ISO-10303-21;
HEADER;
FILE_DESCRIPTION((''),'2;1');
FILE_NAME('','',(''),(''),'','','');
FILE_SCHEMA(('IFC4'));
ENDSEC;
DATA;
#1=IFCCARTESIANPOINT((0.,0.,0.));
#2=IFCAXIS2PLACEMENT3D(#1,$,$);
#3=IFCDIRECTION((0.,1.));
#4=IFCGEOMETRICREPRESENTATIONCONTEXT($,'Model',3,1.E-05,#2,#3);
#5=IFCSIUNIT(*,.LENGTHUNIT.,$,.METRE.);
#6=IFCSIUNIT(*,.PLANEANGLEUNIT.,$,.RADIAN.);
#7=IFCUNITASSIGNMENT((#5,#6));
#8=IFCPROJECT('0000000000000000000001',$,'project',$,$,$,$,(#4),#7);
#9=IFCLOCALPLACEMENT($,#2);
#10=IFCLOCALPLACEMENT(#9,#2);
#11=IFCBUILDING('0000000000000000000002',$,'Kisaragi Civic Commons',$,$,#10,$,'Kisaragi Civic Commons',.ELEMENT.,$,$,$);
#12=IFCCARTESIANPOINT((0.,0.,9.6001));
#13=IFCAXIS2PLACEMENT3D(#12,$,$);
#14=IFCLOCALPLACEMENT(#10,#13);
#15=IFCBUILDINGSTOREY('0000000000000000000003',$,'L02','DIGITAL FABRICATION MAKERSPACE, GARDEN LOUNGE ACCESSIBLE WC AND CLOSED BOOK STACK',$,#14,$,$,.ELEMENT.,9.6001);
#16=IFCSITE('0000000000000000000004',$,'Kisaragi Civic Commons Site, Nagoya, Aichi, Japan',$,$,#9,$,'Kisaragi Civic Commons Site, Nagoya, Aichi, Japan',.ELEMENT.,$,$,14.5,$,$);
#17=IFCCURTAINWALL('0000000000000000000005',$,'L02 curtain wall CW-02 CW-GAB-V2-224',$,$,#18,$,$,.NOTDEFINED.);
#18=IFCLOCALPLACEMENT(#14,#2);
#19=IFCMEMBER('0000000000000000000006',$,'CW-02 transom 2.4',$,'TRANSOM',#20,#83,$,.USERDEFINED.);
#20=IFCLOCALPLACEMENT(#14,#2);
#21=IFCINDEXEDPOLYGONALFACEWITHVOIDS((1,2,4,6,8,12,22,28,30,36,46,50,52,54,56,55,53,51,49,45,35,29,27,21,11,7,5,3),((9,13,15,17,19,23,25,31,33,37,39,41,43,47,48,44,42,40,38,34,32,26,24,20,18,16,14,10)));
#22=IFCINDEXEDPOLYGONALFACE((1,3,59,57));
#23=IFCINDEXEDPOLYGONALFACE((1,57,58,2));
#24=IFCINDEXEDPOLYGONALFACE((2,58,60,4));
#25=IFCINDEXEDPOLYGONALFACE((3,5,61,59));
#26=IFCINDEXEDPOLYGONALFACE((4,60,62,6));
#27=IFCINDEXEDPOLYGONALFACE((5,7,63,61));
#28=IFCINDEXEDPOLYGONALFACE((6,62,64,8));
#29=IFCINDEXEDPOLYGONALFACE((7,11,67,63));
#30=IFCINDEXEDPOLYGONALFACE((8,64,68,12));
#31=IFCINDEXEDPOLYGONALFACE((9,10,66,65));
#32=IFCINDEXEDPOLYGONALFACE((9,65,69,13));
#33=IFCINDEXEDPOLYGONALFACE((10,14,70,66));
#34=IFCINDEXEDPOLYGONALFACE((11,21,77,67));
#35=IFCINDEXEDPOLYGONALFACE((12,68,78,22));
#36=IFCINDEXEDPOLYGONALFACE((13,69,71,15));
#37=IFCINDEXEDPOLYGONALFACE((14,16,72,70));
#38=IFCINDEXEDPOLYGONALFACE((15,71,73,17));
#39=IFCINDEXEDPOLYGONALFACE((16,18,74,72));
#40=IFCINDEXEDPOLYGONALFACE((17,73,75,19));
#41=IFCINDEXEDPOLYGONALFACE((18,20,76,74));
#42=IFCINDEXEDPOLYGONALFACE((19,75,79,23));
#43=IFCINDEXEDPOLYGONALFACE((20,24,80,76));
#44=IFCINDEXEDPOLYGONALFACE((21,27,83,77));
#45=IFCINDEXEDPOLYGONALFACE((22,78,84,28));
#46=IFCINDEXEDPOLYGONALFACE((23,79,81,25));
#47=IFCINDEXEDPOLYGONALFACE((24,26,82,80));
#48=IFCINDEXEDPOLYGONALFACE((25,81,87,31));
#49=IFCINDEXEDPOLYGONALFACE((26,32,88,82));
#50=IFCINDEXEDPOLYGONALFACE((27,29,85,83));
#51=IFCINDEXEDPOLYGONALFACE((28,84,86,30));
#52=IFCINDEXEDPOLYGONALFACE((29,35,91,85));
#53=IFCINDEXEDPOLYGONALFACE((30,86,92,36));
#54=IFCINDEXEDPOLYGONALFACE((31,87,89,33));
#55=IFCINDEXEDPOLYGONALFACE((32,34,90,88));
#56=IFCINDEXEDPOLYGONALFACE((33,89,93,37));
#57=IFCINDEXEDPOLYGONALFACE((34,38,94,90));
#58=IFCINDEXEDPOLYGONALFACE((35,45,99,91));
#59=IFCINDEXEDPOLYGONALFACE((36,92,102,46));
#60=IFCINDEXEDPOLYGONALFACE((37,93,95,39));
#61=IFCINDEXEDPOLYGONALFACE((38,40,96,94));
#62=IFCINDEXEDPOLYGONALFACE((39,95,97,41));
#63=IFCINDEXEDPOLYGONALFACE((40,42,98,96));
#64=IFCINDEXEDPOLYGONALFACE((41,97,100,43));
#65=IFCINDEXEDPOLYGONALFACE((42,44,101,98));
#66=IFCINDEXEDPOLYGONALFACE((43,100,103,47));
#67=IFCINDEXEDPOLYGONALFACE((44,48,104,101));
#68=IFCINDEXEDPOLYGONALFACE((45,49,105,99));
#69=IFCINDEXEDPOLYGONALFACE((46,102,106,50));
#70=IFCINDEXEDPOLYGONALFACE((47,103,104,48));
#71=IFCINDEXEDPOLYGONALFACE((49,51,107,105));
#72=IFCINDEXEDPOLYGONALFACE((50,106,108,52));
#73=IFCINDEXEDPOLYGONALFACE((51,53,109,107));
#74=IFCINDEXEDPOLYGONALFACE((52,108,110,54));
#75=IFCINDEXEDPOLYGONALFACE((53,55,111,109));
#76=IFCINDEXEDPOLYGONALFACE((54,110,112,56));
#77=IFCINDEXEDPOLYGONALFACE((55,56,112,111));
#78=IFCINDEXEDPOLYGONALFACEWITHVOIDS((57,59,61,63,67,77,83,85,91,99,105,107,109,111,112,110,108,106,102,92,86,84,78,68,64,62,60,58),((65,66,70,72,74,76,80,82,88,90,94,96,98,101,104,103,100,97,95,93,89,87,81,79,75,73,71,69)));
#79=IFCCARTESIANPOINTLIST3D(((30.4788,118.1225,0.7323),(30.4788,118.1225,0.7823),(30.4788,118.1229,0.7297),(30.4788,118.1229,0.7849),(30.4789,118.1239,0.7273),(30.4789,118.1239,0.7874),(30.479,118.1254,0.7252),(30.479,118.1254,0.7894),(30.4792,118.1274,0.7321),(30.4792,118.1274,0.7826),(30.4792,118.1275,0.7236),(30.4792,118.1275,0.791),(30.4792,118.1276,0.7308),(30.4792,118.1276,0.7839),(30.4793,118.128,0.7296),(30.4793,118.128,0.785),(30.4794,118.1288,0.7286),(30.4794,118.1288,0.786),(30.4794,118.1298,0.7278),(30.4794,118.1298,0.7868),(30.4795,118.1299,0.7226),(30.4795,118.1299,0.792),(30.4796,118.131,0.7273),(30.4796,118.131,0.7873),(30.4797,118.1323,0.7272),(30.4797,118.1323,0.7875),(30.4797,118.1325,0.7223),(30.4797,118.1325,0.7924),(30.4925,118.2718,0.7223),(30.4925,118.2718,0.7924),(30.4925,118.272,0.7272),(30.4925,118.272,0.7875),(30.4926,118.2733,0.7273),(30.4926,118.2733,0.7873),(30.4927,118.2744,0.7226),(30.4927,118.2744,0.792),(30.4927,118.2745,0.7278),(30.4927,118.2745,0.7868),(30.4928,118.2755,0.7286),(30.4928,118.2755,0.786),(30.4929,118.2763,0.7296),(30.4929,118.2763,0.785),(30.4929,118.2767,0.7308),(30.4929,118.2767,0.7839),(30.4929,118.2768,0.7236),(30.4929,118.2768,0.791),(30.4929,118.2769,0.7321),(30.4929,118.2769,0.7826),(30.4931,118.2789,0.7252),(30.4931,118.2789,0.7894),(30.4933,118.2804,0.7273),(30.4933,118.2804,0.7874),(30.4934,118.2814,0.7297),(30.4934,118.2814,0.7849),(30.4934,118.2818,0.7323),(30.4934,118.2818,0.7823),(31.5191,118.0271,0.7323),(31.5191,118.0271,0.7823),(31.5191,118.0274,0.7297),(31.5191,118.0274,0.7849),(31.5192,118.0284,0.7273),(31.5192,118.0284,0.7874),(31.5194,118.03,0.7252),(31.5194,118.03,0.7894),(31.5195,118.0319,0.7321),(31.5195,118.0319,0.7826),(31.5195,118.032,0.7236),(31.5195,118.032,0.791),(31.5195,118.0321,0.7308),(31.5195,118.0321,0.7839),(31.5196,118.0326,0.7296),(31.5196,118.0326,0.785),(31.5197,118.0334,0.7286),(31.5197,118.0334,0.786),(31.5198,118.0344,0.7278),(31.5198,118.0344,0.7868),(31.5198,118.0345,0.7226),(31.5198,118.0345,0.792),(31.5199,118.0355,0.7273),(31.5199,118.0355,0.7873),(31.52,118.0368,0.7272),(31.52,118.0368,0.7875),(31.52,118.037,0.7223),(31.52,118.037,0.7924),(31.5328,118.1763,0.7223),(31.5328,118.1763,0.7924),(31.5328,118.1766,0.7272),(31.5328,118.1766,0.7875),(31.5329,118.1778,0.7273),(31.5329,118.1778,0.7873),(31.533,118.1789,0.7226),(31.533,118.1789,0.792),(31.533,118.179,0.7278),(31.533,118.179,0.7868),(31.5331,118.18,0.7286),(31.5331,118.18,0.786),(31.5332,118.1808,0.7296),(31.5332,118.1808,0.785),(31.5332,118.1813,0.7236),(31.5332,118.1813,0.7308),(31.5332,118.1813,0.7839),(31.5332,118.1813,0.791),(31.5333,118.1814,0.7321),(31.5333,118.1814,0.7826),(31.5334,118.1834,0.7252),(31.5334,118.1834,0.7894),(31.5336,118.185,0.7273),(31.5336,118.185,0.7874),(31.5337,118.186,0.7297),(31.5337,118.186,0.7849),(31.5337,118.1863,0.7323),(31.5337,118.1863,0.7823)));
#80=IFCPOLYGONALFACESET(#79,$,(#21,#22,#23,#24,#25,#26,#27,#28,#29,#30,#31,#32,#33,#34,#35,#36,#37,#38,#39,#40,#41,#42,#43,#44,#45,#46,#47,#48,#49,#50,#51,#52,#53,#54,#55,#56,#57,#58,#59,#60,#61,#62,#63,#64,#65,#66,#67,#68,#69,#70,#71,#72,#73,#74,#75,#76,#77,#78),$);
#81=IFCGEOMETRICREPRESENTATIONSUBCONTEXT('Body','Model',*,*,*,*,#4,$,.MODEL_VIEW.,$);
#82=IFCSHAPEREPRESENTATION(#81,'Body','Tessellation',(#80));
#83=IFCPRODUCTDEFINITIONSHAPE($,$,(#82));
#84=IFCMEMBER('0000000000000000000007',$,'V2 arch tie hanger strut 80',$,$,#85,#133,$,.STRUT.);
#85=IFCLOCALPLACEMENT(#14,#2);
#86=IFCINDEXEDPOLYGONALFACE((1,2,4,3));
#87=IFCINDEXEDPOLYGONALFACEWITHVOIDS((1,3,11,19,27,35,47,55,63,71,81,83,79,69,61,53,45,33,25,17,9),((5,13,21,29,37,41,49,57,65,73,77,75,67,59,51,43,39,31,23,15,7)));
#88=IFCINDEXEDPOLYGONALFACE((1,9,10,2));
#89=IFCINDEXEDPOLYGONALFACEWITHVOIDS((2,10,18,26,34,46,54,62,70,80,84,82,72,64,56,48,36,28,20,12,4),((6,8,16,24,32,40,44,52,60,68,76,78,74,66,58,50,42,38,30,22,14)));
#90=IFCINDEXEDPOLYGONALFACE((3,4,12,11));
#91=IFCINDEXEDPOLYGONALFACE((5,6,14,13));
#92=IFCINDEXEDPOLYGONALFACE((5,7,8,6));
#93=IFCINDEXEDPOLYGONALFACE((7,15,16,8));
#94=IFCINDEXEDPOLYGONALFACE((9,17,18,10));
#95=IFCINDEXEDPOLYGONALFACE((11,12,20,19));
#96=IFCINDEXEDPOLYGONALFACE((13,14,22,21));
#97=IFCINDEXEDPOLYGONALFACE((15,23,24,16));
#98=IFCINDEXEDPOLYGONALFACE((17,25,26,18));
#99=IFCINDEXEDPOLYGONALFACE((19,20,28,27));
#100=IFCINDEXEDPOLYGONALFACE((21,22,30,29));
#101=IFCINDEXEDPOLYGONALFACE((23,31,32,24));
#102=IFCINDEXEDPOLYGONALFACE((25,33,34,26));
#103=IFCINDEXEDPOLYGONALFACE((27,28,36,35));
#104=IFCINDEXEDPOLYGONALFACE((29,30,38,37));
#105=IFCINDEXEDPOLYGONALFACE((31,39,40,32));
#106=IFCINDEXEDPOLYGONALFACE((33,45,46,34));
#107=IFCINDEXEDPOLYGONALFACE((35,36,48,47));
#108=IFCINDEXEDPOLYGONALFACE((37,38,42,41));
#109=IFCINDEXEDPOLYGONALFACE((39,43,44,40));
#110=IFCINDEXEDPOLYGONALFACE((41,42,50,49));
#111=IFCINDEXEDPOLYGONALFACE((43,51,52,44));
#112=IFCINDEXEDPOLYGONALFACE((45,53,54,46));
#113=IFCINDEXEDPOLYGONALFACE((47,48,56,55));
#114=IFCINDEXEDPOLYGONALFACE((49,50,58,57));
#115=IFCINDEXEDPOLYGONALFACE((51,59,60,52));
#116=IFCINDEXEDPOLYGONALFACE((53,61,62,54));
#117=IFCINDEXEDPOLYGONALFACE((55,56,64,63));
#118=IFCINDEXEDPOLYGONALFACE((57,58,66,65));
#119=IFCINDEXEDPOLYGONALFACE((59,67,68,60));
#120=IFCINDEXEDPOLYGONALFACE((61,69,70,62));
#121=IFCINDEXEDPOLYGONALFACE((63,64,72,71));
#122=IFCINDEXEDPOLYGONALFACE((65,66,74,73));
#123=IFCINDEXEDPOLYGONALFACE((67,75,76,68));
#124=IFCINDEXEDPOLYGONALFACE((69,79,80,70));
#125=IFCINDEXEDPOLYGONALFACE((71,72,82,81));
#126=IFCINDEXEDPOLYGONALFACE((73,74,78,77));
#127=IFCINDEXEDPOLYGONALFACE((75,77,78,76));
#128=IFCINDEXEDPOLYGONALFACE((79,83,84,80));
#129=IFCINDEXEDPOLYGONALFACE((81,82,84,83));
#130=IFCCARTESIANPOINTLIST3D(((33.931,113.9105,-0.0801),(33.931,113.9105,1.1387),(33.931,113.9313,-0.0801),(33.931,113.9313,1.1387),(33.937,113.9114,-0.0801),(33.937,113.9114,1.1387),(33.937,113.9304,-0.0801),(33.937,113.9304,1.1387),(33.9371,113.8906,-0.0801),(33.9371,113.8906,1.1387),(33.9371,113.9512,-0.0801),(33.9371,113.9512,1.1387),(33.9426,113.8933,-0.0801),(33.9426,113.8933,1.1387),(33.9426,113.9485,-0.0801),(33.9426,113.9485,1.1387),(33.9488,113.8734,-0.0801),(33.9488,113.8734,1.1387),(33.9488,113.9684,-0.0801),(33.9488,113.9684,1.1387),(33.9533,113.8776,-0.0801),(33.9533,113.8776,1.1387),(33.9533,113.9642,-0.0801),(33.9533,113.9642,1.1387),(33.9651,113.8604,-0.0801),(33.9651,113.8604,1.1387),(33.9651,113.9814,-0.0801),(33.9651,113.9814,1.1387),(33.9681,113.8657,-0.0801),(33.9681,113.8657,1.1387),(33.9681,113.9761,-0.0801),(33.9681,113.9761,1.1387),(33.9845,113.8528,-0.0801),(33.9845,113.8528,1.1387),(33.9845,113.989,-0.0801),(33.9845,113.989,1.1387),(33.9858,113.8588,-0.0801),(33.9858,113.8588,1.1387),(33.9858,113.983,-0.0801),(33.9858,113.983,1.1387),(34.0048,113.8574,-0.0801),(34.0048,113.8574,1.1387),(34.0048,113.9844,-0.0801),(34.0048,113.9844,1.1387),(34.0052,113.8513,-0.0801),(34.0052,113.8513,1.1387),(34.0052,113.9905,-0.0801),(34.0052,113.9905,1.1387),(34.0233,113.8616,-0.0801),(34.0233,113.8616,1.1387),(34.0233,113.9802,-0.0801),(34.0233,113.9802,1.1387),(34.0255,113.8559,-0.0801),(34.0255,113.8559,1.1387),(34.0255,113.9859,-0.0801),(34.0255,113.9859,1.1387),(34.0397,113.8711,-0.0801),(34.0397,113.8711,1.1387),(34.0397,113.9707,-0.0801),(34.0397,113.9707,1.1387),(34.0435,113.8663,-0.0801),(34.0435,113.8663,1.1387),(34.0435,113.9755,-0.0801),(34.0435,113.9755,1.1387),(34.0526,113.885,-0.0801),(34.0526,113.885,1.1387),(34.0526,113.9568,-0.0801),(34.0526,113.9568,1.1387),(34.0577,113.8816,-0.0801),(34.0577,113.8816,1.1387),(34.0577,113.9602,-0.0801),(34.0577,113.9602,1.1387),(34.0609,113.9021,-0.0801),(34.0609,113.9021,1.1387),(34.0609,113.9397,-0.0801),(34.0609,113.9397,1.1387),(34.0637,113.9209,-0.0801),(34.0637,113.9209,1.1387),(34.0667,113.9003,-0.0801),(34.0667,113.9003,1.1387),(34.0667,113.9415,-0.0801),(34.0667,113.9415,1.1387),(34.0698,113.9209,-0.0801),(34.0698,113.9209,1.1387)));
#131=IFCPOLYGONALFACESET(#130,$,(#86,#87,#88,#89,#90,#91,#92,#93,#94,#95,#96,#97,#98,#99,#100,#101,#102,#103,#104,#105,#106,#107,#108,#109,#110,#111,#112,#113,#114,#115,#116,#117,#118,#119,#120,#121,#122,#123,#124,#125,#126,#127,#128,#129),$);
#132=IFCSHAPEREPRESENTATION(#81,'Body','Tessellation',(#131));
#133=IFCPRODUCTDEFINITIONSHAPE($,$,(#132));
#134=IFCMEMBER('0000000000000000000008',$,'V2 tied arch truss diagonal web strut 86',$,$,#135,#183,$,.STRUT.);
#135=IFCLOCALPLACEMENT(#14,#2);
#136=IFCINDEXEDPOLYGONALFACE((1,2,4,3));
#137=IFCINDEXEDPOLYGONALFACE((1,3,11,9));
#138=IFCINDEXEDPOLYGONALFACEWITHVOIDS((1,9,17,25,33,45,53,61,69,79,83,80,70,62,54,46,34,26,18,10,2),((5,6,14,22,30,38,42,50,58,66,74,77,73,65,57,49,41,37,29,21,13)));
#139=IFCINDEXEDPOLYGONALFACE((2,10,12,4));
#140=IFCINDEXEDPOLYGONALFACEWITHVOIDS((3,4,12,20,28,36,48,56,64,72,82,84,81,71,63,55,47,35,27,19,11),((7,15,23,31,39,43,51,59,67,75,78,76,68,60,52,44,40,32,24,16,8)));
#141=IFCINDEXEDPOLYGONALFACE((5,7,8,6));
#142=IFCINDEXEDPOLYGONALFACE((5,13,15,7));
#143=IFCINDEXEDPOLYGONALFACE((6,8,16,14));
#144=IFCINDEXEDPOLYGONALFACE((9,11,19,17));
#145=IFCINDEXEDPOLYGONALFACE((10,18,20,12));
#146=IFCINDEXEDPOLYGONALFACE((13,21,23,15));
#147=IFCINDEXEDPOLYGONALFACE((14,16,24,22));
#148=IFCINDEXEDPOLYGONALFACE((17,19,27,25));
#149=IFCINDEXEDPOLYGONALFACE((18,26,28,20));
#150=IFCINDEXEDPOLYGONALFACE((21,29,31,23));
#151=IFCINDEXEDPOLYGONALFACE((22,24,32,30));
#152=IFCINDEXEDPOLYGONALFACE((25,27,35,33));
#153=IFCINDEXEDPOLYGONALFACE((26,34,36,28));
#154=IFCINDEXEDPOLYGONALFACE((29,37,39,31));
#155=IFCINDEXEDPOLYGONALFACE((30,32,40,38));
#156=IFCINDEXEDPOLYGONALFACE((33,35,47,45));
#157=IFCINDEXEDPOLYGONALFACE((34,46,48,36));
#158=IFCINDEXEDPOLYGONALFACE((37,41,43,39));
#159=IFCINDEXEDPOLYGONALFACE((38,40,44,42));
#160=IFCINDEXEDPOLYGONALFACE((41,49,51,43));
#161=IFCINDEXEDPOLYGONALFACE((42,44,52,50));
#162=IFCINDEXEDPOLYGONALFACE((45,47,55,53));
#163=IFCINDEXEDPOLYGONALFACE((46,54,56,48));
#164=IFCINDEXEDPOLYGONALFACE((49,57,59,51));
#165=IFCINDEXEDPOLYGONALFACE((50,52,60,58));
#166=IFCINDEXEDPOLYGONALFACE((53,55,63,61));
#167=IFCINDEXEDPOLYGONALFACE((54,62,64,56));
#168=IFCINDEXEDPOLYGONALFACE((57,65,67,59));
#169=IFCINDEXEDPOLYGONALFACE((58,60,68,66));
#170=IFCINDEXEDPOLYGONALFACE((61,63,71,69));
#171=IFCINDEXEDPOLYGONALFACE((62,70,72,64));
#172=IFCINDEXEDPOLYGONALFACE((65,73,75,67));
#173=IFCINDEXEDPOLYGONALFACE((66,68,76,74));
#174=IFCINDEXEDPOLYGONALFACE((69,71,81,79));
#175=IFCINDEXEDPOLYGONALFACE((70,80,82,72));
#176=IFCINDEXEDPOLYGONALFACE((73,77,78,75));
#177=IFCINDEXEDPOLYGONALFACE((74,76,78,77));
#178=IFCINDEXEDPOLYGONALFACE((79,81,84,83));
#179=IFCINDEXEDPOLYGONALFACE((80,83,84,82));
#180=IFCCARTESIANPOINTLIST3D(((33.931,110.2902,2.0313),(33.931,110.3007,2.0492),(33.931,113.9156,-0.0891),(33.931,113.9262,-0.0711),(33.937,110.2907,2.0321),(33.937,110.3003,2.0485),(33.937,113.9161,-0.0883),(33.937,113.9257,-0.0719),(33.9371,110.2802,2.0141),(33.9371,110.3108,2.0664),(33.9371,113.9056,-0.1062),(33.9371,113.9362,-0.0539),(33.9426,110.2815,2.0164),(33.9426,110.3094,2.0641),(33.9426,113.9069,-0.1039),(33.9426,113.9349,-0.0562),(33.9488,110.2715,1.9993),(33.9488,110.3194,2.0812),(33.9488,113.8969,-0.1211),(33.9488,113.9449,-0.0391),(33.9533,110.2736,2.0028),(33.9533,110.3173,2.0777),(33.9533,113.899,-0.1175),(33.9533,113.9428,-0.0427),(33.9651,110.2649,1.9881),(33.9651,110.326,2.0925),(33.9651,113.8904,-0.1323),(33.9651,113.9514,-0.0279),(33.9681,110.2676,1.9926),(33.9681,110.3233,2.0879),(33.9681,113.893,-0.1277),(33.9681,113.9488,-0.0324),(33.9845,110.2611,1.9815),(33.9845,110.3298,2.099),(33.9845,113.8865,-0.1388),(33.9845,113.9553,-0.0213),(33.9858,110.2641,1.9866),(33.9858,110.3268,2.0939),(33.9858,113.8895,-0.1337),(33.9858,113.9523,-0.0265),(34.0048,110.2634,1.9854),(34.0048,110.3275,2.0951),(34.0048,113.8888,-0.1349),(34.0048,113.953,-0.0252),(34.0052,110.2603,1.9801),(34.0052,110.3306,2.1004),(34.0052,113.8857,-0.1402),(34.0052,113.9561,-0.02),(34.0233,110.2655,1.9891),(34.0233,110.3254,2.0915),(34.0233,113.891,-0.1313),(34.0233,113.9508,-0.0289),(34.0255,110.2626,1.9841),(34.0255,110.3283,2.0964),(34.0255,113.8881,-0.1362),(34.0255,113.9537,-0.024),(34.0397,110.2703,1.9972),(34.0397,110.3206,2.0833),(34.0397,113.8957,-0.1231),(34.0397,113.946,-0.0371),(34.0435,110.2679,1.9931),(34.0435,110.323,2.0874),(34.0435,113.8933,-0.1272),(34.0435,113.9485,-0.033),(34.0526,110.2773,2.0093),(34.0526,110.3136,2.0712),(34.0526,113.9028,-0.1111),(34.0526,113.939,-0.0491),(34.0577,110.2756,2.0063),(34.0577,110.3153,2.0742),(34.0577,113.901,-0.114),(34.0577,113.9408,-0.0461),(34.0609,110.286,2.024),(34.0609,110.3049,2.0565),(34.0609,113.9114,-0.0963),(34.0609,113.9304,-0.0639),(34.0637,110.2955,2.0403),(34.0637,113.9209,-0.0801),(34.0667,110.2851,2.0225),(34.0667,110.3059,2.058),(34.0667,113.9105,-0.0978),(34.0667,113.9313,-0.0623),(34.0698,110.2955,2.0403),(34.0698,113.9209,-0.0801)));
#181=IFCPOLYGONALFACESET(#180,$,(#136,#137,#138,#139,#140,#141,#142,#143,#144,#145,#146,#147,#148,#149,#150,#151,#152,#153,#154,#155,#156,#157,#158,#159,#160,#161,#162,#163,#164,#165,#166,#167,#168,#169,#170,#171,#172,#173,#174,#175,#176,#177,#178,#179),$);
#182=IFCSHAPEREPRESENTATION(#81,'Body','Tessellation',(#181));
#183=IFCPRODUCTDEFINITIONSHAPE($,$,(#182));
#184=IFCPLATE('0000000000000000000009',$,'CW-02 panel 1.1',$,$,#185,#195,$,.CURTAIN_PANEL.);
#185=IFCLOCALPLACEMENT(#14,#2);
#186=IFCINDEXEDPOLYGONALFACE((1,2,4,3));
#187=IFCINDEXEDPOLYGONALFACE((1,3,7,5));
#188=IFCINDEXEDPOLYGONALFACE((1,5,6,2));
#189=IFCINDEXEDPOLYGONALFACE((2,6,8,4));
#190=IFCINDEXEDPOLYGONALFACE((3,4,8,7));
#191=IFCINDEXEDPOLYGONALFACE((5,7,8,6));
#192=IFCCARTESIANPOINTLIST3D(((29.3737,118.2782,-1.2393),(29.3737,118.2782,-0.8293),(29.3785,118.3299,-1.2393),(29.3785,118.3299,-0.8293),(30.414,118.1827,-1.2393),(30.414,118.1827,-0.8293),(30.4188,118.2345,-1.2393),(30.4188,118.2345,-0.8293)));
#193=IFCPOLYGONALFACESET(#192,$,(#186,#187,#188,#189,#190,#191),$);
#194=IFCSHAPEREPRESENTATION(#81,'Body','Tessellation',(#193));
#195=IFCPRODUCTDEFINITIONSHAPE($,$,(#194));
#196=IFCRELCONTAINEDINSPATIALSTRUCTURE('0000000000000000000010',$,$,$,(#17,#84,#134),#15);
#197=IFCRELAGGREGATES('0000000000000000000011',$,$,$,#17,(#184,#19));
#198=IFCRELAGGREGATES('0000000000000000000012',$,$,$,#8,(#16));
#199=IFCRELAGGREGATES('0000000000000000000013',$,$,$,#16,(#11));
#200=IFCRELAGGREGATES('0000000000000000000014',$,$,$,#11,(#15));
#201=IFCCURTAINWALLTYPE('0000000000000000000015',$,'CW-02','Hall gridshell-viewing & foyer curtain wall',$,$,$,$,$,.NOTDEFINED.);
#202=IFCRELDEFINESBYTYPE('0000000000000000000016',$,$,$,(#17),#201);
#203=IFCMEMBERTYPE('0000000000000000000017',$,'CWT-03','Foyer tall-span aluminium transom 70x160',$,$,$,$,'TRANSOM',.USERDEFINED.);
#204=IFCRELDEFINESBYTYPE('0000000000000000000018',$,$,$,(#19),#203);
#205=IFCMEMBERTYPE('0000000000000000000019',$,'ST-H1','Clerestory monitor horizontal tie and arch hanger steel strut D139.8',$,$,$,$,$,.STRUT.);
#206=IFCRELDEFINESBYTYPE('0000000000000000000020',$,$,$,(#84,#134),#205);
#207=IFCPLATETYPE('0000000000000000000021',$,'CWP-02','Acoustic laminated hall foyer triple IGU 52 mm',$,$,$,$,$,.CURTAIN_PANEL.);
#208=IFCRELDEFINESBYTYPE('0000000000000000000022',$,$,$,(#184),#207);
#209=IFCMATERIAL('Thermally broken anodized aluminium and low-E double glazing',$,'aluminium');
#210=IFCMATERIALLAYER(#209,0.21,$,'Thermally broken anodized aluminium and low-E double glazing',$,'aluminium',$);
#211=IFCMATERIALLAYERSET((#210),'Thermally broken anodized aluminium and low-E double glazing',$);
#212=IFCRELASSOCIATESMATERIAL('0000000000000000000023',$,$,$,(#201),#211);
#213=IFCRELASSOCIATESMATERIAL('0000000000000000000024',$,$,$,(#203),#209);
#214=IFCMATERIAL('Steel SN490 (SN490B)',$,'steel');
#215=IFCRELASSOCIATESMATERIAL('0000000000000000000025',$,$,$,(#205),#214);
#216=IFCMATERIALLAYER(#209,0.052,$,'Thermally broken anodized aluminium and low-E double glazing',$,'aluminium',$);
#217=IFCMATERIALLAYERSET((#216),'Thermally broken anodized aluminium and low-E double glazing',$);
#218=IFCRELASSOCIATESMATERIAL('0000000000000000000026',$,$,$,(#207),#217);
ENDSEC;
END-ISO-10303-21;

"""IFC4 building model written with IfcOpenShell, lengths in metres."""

from ifc_helpers import new_model, si_unit, direction, frame, origin, origin_2d, place, context, subcontext, project, spatial, rectangle, hollow_rectangle, hollow_circle, extrude, material, layer, layer_set, material_profile, profile_set, type_object, element, aggregate, save


model = new_model("IFC4")

# Units and contexts
model_context = context("Model", 3, precision=1e-05, world=origin(), true_north=direction((0.0, 1.0)))
body_context = subcontext(model_context, "Body", "Model", "MODEL_VIEW")
ifc_project = project(units=[si_unit("LENGTHUNIT", "METRE"), si_unit("PLANEANGLEUNIT", "RADIAN")], contexts=[model_context])

# Site, building, storey
site_placement = place(None, origin())
site = spatial("IfcSite", under=ifc_project, at=site_placement, Name="Kisaragi Civic Commons Site, Nagoya, Aichi, Japan", LongName="Kisaragi Civic Commons Site, Nagoya, Aichi, Japan", CompositionType="ELEMENT", RefElevation=14.5)
building_placement = place(site_placement, origin())
building = spatial("IfcBuilding", under=site, at=building_placement, Name="Kisaragi Civic Commons", LongName="Kisaragi Civic Commons", CompositionType="ELEMENT")
storey_placement = place(building_placement, frame((0.0, 0.0, 9.6001)))
storey = spatial("IfcBuildingStorey", under=building, at=storey_placement, Name="L02", Description="DIGITAL FABRICATION MAKERSPACE, GARDEN LOUNGE ACCESSIBLE WC AND CLOSED BOOK STACK", CompositionType="ELEMENT", Elevation=9.6001)

# Curtain wall
ifc_material_1 = material(Name="Thermally broken anodized aluminium and low-E double glazing", Category="aluminium")
ifc_layer_1 = layer(ifc_material_1, 0.21, Name="Thermally broken anodized aluminium and low-E double glazing", Category="aluminium")
ifc_layer_set_1 = layer_set([ifc_layer_1], Name="Thermally broken anodized aluminium and low-E double glazing")
curtain_wall_type_1 = type_object("IfcCurtainWallType", Name="CW-02", Description="Hall gridshell-viewing & foyer curtain wall", PredefinedType="NOTDEFINED", material=ifc_layer_set_1)
curtain_wall_1_placement = place(storey_placement, origin())
curtain_wall_1 = element("IfcCurtainWall", 1, at=curtain_wall_1_placement, inside=storey, type_object=curtain_wall_type_1, Name="L02 curtain wall CW-02 CW-GAB-V2-224", PredefinedType="NOTDEFINED")

# Member
ifc_material_profile_1 = material_profile(ifc_material_1, hollow_rectangle(XDim=0.1599, YDim=0.0701, WallThickness=0.0049, InnerFilletRadius=0.0049, OuterFilletRadius=0.01, at=origin_2d()), Name="CWT-70x160x5", Category="aluminium")
ifc_profile_set_1 = profile_set([ifc_material_profile_1], Name="Thermally broken anodized aluminium and low-E double glazing")
member_type_1 = type_object("IfcMemberType", Name="CWT-03", Description="Foyer tall-span aluminium transom 70x160", ElementType="TRANSOM", PredefinedType="USERDEFINED", material=ifc_profile_set_1)
member_1_placement = place(storey_placement, frame((30.4861, 118.2021, 0.7573), z_axis=(0.995816, -0.091379, 0.0), x_axis=(0.091379, 0.995816, 0.0)))
member_1 = element("IfcMember", 2, at=member_1_placement, type_object=member_type_1, Name="CW-02 transom 2.4", ObjectType="TRANSOM", PredefinedType="USERDEFINED", context=body_context, shape_type="SweptSolid", body=[
    extrude(hollow_rectangle(XDim=0.1599, YDim=0.0701, WallThickness=0.0049, InnerFilletRadius=0.0049, OuterFilletRadius=0.01, at=origin_2d()), origin(), (0.0, 0.0, 1.0), 1.0447),
])

# Members
ifc_material_2 = material(Name="Steel SN490 (SN490B)", Category="steel")
ifc_material_profile_2 = material_profile(ifc_material_2, hollow_circle(Radius=0.0698, WallThickness=0.0061, at=origin_2d()), Name="CHS-139.8x6.0", Category="steel")
ifc_profile_set_2 = profile_set([ifc_material_profile_2], Name="Steel SN490 (SN490B)")
member_type_2 = type_object("IfcMemberType", Name="ST-H1", Description="Clerestory monitor horizontal tie and arch hanger steel strut D139.8", PredefinedType="STRUT", material=ifc_profile_set_2)
member_2_placement = place(storey_placement, frame((34.0, 113.9209, -0.0801), z_axis=(0.0, 0.0, 1.0), x_axis=(1.0, 0.0, 0.0)))
element("IfcMember", 3, at=member_2_placement, inside=storey, type_object=member_type_2, Name="V2 arch tie hanger strut 80", PredefinedType="STRUT", context=body_context, shape_type="SweptSolid", body=[
    extrude(hollow_circle(Radius=0.0698, WallThickness=0.0061, at=origin_2d()), origin(), (0.0, 0.0, 1.0), 1.2188),
])
member_3_placement = place(storey_placement, frame((34.0, 113.9209, -0.0801), z_axis=(0.0, -0.863209, 0.504847), x_axis=(1.0, 0.0, 0.0)))
element("IfcMember", 4, at=member_3_placement, inside=storey, type_object=member_type_2, Name="V2 tied arch truss diagonal web strut 86", PredefinedType="STRUT", context=body_context, shape_type="SweptSolid", body=[
    extrude(hollow_circle(Radius=0.0698, WallThickness=0.0061, at=origin_2d()), origin(), (0.0, 0.0, 1.0), 4.2),
])

# Plate
ifc_layer_2 = layer(ifc_material_1, 0.052, Name="Thermally broken anodized aluminium and low-E double glazing", Category="aluminium")
ifc_layer_set_2 = layer_set([ifc_layer_2], Name="Thermally broken anodized aluminium and low-E double glazing")
plate_type_1 = type_object("IfcPlateType", Name="CWP-02", Description="Acoustic laminated hall foyer triple IGU 52 mm", PredefinedType="CURTAIN_PANEL", material=ifc_layer_set_2)
plate_1_placement = place(storey_placement, frame((29.8962, 118.2563, -1.2393), z_axis=(0.0, 0.0, 1.0), x_axis=(0.995821, -0.091332, 0.0)))
plate_1 = element("IfcPlate", 5, at=plate_1_placement, type_object=plate_type_1, Name="CW-02 panel 1.1", PredefinedType="CURTAIN_PANEL", context=body_context, shape_type="SweptSolid", body=[
    extrude(rectangle(XDim=1.0447, YDim=0.052, at=origin_2d()), origin(), (0.0, 0.0, 1.0), 0.4099),
])
aggregate(curtain_wall_1, [plate_1, member_1])

save(model, "model.ifc")
